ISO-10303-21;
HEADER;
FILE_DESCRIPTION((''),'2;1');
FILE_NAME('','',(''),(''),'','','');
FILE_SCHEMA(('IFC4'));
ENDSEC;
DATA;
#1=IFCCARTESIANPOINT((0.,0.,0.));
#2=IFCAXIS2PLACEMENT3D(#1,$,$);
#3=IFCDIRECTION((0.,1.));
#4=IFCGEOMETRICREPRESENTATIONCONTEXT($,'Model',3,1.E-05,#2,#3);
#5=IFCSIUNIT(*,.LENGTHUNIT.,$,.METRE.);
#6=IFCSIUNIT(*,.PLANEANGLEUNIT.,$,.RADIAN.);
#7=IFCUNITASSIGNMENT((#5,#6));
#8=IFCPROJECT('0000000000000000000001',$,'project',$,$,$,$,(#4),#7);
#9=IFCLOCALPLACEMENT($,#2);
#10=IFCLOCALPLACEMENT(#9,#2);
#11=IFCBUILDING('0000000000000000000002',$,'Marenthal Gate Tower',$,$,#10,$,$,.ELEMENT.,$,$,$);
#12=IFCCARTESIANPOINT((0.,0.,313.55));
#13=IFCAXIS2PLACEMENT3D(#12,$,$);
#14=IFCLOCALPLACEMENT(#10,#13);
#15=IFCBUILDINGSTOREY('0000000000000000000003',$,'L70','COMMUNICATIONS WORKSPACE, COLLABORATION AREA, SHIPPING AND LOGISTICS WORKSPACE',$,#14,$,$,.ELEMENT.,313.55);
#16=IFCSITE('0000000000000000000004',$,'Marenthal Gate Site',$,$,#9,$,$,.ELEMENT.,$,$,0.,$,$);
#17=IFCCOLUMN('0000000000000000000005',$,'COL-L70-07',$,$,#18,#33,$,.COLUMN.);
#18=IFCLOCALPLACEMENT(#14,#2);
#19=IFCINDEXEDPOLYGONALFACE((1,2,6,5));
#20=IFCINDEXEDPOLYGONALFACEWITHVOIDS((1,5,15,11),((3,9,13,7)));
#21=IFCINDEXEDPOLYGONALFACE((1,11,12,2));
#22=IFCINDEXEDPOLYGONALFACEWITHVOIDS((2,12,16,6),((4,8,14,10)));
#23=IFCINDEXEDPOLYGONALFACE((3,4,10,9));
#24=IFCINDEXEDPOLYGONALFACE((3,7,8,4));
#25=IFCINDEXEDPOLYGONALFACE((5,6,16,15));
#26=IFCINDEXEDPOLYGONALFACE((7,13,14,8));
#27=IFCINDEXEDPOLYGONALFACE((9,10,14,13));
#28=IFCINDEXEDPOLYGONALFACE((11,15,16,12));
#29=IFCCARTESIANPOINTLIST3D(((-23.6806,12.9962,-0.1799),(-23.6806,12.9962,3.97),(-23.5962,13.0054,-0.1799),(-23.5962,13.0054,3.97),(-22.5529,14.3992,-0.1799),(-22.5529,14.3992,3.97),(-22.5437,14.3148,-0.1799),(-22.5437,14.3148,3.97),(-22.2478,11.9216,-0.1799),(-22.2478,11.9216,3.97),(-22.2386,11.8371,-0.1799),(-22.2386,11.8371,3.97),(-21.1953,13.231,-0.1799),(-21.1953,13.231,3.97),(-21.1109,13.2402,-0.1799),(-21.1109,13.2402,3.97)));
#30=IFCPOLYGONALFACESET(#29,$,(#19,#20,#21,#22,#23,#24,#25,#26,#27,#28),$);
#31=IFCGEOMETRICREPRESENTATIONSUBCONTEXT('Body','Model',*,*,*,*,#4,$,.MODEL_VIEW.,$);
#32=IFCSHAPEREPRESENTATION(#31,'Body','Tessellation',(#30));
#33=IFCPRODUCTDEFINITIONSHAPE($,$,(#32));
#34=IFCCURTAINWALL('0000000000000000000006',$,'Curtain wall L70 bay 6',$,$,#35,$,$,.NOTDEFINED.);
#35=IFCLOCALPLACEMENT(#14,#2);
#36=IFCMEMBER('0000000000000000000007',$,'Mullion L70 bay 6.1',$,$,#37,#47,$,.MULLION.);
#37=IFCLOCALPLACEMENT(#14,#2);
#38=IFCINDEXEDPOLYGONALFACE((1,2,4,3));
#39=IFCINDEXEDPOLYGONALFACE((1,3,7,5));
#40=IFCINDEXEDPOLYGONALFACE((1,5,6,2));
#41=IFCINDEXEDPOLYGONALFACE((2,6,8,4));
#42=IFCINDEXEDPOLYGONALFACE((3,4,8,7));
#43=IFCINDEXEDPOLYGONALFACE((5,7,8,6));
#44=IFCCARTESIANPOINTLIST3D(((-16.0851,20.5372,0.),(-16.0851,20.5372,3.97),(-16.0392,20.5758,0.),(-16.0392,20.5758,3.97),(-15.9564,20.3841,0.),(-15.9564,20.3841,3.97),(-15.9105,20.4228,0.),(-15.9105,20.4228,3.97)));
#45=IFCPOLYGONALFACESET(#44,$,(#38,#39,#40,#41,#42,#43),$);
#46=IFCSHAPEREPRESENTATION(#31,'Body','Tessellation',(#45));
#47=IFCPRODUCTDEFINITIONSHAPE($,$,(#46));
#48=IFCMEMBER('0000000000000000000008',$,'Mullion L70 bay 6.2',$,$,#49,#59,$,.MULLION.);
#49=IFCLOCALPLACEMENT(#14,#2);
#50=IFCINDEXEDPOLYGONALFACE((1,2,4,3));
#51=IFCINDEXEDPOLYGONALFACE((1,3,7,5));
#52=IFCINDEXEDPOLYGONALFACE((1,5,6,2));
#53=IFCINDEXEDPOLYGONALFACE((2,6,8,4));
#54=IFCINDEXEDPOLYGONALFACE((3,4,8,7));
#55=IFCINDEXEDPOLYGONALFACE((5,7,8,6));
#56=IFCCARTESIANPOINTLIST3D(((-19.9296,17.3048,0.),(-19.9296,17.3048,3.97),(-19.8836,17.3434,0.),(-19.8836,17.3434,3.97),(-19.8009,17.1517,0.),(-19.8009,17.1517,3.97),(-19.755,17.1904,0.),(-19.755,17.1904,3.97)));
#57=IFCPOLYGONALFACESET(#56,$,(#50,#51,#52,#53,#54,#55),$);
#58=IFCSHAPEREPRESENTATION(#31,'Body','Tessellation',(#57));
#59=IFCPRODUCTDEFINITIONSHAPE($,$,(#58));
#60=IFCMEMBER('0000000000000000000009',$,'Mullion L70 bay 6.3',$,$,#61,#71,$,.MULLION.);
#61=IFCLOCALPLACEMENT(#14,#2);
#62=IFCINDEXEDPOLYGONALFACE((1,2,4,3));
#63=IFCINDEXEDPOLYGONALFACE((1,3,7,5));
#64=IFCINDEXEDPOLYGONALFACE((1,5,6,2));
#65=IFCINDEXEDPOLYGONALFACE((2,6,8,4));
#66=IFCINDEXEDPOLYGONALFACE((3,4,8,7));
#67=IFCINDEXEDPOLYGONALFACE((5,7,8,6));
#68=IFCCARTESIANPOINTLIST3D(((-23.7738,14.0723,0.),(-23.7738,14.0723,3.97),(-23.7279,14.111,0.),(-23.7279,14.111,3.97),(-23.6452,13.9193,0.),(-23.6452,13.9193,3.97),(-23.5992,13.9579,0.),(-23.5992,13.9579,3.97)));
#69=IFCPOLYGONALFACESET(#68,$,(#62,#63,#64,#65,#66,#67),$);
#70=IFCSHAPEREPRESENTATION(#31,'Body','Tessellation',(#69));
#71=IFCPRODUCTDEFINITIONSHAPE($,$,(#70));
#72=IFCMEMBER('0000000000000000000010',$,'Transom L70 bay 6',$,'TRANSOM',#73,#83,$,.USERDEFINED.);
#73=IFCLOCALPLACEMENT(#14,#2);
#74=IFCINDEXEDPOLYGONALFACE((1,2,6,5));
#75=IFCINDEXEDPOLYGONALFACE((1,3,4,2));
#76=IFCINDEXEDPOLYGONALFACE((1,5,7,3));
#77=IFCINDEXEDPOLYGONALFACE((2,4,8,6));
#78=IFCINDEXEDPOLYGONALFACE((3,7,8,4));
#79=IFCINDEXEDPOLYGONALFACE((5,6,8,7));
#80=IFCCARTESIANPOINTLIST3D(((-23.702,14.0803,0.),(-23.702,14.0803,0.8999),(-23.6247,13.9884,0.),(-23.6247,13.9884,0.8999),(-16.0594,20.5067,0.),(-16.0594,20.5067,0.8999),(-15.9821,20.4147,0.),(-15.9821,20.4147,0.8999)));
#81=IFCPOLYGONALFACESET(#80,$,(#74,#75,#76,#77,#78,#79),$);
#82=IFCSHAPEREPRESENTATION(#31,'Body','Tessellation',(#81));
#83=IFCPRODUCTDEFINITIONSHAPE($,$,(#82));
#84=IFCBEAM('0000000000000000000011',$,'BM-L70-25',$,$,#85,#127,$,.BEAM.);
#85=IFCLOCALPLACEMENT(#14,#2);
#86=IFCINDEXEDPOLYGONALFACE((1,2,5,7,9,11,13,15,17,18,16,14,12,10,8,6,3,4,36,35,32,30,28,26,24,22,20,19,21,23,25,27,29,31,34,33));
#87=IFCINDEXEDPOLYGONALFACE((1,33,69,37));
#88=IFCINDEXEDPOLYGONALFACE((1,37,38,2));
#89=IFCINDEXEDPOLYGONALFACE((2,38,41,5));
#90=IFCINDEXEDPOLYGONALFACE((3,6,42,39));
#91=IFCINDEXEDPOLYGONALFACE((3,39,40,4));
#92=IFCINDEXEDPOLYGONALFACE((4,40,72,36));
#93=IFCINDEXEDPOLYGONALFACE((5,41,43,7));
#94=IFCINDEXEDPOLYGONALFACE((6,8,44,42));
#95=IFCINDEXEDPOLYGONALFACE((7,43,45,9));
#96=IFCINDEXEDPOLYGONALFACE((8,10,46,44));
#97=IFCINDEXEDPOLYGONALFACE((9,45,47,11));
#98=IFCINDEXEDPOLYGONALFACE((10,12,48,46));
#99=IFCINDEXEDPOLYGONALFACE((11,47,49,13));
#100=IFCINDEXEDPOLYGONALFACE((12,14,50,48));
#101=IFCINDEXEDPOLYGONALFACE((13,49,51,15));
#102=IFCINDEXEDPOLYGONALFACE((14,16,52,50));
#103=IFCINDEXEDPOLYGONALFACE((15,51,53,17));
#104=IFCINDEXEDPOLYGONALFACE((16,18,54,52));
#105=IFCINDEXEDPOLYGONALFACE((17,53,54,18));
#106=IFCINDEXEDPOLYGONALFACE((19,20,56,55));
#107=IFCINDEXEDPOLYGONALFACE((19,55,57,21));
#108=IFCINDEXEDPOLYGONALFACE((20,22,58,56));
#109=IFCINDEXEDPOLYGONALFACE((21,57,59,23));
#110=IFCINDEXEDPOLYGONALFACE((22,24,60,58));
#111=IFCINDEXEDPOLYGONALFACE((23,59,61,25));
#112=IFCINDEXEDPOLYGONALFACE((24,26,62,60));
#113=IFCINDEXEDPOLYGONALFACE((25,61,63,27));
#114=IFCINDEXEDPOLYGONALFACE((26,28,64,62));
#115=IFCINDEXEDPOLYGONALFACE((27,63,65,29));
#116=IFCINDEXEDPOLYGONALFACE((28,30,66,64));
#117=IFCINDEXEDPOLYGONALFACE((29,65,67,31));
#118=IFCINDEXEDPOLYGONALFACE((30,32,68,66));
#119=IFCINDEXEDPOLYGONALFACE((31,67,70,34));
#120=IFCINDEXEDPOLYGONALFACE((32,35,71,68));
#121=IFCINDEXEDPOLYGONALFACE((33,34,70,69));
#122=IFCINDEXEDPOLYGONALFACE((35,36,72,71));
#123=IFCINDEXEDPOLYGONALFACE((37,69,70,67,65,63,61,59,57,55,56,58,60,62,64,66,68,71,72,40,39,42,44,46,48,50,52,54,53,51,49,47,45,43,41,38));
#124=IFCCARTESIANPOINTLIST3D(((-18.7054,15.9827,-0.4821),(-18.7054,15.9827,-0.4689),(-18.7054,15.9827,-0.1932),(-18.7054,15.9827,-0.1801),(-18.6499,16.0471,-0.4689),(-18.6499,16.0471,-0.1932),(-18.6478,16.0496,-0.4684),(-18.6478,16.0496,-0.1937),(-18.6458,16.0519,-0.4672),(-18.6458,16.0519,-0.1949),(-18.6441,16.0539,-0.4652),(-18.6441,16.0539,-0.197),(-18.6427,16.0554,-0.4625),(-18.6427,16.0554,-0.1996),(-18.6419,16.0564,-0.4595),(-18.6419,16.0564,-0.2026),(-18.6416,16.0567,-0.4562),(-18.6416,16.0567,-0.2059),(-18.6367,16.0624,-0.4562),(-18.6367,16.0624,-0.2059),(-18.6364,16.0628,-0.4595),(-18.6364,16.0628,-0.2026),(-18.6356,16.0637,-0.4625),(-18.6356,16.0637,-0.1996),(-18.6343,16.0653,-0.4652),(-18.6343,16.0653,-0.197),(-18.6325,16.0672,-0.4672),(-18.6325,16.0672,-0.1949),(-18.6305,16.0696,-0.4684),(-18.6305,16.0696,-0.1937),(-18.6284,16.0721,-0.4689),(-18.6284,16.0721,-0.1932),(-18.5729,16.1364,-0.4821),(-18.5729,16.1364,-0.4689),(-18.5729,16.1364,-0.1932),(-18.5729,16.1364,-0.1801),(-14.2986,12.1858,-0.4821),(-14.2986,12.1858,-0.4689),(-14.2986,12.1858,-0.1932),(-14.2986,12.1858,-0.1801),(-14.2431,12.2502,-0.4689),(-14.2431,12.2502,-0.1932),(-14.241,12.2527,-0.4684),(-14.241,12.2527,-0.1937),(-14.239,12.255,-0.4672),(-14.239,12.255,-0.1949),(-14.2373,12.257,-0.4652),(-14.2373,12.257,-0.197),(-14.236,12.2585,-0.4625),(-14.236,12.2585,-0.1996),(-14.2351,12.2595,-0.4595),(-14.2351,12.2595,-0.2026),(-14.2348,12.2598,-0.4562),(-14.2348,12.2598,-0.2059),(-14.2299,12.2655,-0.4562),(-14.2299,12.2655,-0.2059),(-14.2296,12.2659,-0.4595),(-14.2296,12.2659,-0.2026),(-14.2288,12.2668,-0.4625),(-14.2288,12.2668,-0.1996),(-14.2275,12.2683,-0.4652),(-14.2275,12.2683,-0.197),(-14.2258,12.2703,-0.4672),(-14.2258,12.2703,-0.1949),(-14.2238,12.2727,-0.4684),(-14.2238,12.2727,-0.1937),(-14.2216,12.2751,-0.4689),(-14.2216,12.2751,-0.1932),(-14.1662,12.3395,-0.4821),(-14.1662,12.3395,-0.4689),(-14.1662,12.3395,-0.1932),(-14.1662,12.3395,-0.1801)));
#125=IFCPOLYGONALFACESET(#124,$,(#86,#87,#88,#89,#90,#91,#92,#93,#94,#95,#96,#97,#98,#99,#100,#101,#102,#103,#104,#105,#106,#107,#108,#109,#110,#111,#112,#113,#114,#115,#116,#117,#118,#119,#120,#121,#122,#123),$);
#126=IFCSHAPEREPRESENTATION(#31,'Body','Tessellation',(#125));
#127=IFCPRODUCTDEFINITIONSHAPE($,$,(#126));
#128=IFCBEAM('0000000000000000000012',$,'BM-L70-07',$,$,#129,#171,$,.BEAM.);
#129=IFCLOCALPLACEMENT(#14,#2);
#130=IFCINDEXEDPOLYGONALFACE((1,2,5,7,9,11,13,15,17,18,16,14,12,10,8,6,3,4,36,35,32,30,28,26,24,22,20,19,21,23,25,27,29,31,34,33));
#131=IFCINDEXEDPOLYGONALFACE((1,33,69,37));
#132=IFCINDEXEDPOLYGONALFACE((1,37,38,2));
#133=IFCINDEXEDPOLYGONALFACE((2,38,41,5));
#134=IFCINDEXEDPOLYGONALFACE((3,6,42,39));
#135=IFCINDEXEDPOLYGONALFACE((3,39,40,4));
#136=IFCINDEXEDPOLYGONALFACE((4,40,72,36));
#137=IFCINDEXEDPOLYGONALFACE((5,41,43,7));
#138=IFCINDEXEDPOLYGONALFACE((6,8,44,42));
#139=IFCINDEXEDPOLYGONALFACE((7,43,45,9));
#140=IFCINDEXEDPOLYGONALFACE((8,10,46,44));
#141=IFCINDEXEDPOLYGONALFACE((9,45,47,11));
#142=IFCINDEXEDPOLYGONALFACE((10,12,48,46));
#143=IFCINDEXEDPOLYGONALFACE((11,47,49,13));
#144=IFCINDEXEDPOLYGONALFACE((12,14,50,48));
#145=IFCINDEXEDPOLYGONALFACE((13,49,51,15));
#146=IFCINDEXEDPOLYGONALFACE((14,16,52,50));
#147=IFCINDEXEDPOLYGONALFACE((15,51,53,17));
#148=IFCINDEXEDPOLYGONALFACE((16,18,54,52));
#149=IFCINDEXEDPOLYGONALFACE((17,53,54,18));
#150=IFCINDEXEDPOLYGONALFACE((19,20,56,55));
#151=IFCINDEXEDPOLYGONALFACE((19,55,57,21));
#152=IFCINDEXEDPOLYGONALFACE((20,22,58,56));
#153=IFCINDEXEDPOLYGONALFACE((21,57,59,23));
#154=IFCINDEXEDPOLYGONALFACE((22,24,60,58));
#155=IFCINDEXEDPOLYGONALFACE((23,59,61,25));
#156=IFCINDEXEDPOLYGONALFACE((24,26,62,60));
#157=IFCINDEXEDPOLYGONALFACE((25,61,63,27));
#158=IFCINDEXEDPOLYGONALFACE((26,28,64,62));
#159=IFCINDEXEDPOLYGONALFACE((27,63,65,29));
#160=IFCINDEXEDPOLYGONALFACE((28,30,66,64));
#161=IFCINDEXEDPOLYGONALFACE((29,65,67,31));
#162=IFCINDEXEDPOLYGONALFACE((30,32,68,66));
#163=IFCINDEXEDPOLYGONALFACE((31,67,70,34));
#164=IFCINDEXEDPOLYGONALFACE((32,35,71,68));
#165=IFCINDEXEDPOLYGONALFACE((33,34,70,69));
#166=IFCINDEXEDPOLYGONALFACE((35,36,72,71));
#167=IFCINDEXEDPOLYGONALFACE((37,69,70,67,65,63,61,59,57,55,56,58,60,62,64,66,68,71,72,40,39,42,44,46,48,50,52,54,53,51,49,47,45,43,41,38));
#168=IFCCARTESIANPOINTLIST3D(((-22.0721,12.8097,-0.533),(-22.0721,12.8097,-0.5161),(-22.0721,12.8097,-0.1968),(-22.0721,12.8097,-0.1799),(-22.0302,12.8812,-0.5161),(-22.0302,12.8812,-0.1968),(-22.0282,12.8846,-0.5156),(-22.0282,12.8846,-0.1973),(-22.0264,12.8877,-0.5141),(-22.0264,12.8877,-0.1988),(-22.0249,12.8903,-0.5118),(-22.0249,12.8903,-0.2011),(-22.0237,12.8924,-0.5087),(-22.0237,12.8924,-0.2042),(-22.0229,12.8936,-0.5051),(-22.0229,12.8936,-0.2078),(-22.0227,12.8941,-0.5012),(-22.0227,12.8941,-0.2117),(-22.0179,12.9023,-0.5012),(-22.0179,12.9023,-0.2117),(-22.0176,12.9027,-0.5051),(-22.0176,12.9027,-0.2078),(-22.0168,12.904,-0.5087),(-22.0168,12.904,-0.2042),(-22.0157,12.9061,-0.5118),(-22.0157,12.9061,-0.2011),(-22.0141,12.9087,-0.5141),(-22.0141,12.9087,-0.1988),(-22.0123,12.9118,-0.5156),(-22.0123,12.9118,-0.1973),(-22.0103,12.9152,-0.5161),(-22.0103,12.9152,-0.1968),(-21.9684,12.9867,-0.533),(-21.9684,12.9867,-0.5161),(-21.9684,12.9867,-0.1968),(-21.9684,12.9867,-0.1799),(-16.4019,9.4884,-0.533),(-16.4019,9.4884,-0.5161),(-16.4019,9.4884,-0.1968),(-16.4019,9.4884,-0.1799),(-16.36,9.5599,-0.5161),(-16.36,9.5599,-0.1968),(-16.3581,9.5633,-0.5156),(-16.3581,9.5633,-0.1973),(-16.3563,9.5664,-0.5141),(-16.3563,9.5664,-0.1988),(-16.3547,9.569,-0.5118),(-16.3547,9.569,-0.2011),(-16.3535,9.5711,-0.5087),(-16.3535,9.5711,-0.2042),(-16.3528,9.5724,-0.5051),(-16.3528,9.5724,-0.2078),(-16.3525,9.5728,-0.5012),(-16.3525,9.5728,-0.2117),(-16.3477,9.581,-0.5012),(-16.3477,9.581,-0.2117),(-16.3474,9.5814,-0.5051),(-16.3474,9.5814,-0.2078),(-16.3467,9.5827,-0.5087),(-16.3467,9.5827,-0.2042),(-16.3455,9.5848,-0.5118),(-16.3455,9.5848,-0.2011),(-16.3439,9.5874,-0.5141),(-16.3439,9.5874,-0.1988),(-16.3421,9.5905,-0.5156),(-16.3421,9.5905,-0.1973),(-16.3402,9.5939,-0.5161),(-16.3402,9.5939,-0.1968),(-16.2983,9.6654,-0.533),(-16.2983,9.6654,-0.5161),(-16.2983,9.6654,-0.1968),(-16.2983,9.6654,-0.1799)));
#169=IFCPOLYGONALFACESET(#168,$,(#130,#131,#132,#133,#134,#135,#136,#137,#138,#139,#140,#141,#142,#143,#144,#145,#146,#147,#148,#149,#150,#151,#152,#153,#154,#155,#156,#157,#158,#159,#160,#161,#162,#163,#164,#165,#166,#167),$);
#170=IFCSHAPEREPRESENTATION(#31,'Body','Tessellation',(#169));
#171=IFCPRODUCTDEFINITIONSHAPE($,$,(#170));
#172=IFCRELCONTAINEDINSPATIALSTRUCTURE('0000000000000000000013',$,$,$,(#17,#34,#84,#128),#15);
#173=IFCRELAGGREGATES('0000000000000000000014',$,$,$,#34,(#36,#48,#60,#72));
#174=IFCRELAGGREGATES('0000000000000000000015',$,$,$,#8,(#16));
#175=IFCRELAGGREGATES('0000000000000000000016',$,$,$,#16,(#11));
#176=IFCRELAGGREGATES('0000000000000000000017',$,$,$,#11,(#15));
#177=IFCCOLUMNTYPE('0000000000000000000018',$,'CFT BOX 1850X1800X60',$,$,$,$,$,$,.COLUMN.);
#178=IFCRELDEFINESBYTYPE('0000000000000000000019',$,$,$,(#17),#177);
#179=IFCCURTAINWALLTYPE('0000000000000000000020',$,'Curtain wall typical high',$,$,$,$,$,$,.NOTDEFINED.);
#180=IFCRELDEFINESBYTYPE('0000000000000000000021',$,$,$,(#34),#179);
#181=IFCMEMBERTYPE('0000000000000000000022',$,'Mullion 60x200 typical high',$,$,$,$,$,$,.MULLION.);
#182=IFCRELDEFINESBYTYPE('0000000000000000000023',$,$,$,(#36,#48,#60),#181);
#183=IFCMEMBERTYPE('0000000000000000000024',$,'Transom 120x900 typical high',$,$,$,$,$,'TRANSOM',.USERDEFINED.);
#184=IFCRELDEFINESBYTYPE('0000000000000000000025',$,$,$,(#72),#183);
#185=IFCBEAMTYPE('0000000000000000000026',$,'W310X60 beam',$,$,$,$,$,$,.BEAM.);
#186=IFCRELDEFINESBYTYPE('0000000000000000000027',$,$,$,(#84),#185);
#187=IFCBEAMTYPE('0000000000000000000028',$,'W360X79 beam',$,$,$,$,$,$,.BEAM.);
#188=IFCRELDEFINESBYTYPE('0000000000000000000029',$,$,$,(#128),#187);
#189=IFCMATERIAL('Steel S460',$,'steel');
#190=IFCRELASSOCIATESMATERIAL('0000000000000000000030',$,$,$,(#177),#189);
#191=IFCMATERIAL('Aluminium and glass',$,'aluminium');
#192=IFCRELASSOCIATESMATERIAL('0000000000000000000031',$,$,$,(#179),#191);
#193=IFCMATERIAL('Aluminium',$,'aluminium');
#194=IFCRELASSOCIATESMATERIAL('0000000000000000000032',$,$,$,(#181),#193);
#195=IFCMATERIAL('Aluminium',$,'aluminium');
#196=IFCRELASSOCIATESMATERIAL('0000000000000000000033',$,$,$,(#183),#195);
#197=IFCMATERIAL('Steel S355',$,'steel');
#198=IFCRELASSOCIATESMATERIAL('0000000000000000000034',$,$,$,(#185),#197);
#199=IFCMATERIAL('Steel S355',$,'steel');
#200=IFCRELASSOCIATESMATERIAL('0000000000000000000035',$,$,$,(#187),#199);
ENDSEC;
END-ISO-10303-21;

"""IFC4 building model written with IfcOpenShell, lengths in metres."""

from ifc_helpers import new_model, si_unit, direction, frame, origin, origin_2d, place, context, subcontext, project, spatial, rectangle, hollow_rectangle, i_section, extrude, material, material_profile, profile_set, type_object, element, aggregate, save


model = new_model("IFC4")

# Units and contexts
model_context = context("Model", 3, precision=1e-05, world=origin(), true_north=direction((0.0, 1.0)))
body_context = subcontext(model_context, "Body", "Model", "MODEL_VIEW")
ifc_project = project(units=[si_unit("LENGTHUNIT", "METRE"), si_unit("PLANEANGLEUNIT", "RADIAN")], contexts=[model_context])

# Site, building, storey
site_placement = place(None, origin())
site = spatial("IfcSite", under=ifc_project, at=site_placement, Name="Marenthal Gate Site", CompositionType="ELEMENT", RefElevation=0.0)
building_placement = place(site_placement, origin())
building = spatial("IfcBuilding", under=site, at=building_placement, Name="Marenthal Gate Tower", CompositionType="ELEMENT")
storey_placement = place(building_placement, frame((0.0, 0.0, 313.55)))
storey = spatial("IfcBuildingStorey", under=building, at=storey_placement, Name="L70", Description="COMMUNICATIONS WORKSPACE, COLLABORATION AREA, SHIPPING AND LOGISTICS WORKSPACE", CompositionType="ELEMENT", Elevation=313.55)

# Column
ifc_material_1 = material(Name="Steel S460", Category="steel")
ifc_material_profile_1 = material_profile(ifc_material_1, hollow_rectangle(XDim=1.8, YDim=1.8501, WallThickness=0.0601, at=origin_2d()), Name="CFT BOX 1850X1800X60")
ifc_material_2 = material(Name="Concrete 70 MPa", Category="concrete")
ifc_material_profile_2 = material_profile(ifc_material_2, rectangle(XDim=1.6799, YDim=1.73, at=origin_2d()), Name="CFT BOX 1850X1800X60 INFILL")
ifc_profile_set_1 = profile_set([ifc_material_profile_1, ifc_material_profile_2], Name="Steel S460 shell, Concrete 70 MPa infill")
column_type = type_object("IfcColumnType", Name="CFT BOX 1850X1800X60", PredefinedType="COLUMN", material=ifc_profile_set_1)
column_placement = place(storey_placement, frame((-22.3958, 13.1182, -0.1799), z_axis=(0.0, 0.0, 1.0), x_axis=(0.626475, 0.779442, 0.0)))
element("IfcColumn", 1, at=column_placement, inside=storey, type_object=column_type, Name="COL-L70-07", PredefinedType="COLUMN", context=body_context, shape_type="SweptSolid", body=[
    extrude(hollow_rectangle(XDim=1.8, YDim=1.8501, WallThickness=0.0601, at=origin_2d()), origin(), (0.0, 0.0, 1.0), 4.1499),
])

# Curtain wall, members
ifc_material_3 = material(Name="Aluminium and glass", Category="aluminium")
curtain_wall_type = type_object("IfcCurtainWallType", Name="Curtain wall typical high", PredefinedType="NOTDEFINED", material=ifc_material_3)
curtain_wall_placement = place(storey_placement, origin())
curtain_wall = element("IfcCurtainWall", 2, at=curtain_wall_placement, inside=storey, type_object=curtain_wall_type, Name="Curtain wall L70 bay 6", PredefinedType="NOTDEFINED")
ifc_material_4 = material(Name="Aluminium", Category="aluminium")
ifc_material_profile_3 = material_profile(ifc_material_4, rectangle(XDim=0.2, YDim=0.0601, at=origin_2d()), Name="60x200 aluminium mullion")
ifc_profile_set_2 = profile_set([ifc_material_profile_3], Name="Aluminium")
member_type_1 = type_object("IfcMemberType", Name="Mullion 60x200 typical high", PredefinedType="MULLION", material=ifc_profile_set_2)
member_1_placement = place(storey_placement, frame((-15.9978, 20.48, 0.0), z_axis=(0.0, 0.0, 1.0), x_axis=(0.64357, -0.765387, 0.0)))
member_1 = element("IfcMember", 3, at=member_1_placement, type_object=member_type_1, Name="Mullion L70 bay 6.1", PredefinedType="MULLION", context=body_context, shape_type="SweptSolid", body=[
    extrude(rectangle(XDim=0.2, YDim=0.0601, at=origin_2d()), origin(), (0.0, 0.0, 1.0), 3.97),
])
member_2_placement = place(storey_placement, frame((-19.8423, 17.2476, 0.0), z_axis=(0.0, 0.0, 1.0), x_axis=(0.64357, -0.765387, 0.0)))
member_2 = element("IfcMember", 4, at=member_2_placement, type_object=member_type_1, Name="Mullion L70 bay 6.2", PredefinedType="MULLION", context=body_context, shape_type="SweptSolid", body=[
    extrude(rectangle(XDim=0.2, YDim=0.0601, at=origin_2d()), origin(), (0.0, 0.0, 1.0), 3.97),
])
member_3_placement = place(storey_placement, frame((-23.6865, 14.0151, 0.0), z_axis=(0.0, 0.0, 1.0), x_axis=(0.64357, -0.765387, 0.0)))
member_3 = element("IfcMember", 5, at=member_3_placement, type_object=member_type_1, Name="Mullion L70 bay 6.3", PredefinedType="MULLION", context=body_context, shape_type="SweptSolid", body=[
    extrude(rectangle(XDim=0.2, YDim=0.0601, at=origin_2d()), origin(), (0.0, 0.0, 1.0), 3.97),
])
ifc_material_5 = material(Name="Aluminium", Category="aluminium")
ifc_material_profile_4 = material_profile(ifc_material_5, rectangle(XDim=0.1201, YDim=0.8999, at=origin_2d()), Name="120x900 aluminium transom")
ifc_profile_set_3 = profile_set([ifc_material_profile_4], Name="Aluminium")
member_type_2 = type_object("IfcMemberType", Name="Transom 120x900 typical high", ElementType="TRANSOM", PredefinedType="USERDEFINED", material=ifc_profile_set_3)
member_4_placement = place(storey_placement, frame((-16.0208, 20.4607, 0.45), z_axis=(-0.765384, -0.643574, 0.0), x_axis=(0.643574, -0.765384, 0.0)))
member_4 = element("IfcMember", 6, at=member_4_placement, type_object=member_type_2, Name="Transom L70 bay 6", ObjectType="TRANSOM", PredefinedType="USERDEFINED", context=body_context, shape_type="SweptSolid", body=[
    extrude(rectangle(XDim=0.1201, YDim=0.8999, at=origin_2d()), origin(), (0.0, 0.0, 1.0), 9.9854),
])

# Beams
ifc_material_6 = material(Name="Steel S355", Category="steel")
ifc_material_profile_5 = material_profile(ifc_material_6, i_section(OverallWidth=0.2029, OverallDepth=0.302, WebThickness=0.0076, FlangeThickness=0.0132, FilletRadius=0.0127, at=origin_2d()), Name="W310X60")
ifc_profile_set_4 = profile_set([ifc_material_profile_5], Name="Steel S355")
beam_type_1 = type_object("IfcBeamType", Name="W310X60 beam", PredefinedType="BEAM", material=ifc_profile_set_4)
beam_1_placement = place(storey_placement, frame((-18.6392, 16.0596, -0.3311), z_axis=(0.757583, -0.652739, 0.0), x_axis=(0.652739, 0.757583, 0.0)))
element("IfcBeam", 7, at=beam_1_placement, inside=storey, type_object=beam_type_1, Name="BM-L70-25", PredefinedType="BEAM", context=body_context, shape_type="SweptSolid", body=[
    extrude(i_section(OverallWidth=0.2029, OverallDepth=0.302, WebThickness=0.0076, FlangeThickness=0.0132, FilletRadius=0.0127, at=origin_2d()), origin(), (0.0, 0.0, 1.0), 5.8169),
])
ifc_material_7 = material(Name="Steel S355", Category="steel")
ifc_material_profile_6 = material_profile(ifc_material_7, i_section(OverallWidth=0.2051, OverallDepth=0.353, WebThickness=0.0095, FlangeThickness=0.0168, FilletRadius=0.0149, at=origin_2d()), Name="W360X79")
ifc_profile_set_5 = profile_set([ifc_material_profile_6], Name="Steel S355")
beam_type_2 = type_object("IfcBeamType", Name="W360X79 beam", PredefinedType="BEAM", material=ifc_profile_set_5)
beam_2_placement = place(storey_placement, frame((-22.0203, 12.8982, -0.3564), z_axis=(0.862871, -0.505425, 0.0), x_axis=(0.505425, 0.862871, 0.0)))
element("IfcBeam", 8, at=beam_2_placement, inside=storey, type_object=beam_type_2, Name="BM-L70-07", PredefinedType="BEAM", context=body_context, shape_type="SweptSolid", body=[
    extrude(i_section(OverallWidth=0.2051, OverallDepth=0.353, WebThickness=0.0095, FlangeThickness=0.0168, FilletRadius=0.0149, at=origin_2d()), origin(), (0.0, 0.0, 1.0), 6.5713),
])

aggregate(curtain_wall, [member_1, member_2, member_3, member_4])

save(model, "model.ifc")
